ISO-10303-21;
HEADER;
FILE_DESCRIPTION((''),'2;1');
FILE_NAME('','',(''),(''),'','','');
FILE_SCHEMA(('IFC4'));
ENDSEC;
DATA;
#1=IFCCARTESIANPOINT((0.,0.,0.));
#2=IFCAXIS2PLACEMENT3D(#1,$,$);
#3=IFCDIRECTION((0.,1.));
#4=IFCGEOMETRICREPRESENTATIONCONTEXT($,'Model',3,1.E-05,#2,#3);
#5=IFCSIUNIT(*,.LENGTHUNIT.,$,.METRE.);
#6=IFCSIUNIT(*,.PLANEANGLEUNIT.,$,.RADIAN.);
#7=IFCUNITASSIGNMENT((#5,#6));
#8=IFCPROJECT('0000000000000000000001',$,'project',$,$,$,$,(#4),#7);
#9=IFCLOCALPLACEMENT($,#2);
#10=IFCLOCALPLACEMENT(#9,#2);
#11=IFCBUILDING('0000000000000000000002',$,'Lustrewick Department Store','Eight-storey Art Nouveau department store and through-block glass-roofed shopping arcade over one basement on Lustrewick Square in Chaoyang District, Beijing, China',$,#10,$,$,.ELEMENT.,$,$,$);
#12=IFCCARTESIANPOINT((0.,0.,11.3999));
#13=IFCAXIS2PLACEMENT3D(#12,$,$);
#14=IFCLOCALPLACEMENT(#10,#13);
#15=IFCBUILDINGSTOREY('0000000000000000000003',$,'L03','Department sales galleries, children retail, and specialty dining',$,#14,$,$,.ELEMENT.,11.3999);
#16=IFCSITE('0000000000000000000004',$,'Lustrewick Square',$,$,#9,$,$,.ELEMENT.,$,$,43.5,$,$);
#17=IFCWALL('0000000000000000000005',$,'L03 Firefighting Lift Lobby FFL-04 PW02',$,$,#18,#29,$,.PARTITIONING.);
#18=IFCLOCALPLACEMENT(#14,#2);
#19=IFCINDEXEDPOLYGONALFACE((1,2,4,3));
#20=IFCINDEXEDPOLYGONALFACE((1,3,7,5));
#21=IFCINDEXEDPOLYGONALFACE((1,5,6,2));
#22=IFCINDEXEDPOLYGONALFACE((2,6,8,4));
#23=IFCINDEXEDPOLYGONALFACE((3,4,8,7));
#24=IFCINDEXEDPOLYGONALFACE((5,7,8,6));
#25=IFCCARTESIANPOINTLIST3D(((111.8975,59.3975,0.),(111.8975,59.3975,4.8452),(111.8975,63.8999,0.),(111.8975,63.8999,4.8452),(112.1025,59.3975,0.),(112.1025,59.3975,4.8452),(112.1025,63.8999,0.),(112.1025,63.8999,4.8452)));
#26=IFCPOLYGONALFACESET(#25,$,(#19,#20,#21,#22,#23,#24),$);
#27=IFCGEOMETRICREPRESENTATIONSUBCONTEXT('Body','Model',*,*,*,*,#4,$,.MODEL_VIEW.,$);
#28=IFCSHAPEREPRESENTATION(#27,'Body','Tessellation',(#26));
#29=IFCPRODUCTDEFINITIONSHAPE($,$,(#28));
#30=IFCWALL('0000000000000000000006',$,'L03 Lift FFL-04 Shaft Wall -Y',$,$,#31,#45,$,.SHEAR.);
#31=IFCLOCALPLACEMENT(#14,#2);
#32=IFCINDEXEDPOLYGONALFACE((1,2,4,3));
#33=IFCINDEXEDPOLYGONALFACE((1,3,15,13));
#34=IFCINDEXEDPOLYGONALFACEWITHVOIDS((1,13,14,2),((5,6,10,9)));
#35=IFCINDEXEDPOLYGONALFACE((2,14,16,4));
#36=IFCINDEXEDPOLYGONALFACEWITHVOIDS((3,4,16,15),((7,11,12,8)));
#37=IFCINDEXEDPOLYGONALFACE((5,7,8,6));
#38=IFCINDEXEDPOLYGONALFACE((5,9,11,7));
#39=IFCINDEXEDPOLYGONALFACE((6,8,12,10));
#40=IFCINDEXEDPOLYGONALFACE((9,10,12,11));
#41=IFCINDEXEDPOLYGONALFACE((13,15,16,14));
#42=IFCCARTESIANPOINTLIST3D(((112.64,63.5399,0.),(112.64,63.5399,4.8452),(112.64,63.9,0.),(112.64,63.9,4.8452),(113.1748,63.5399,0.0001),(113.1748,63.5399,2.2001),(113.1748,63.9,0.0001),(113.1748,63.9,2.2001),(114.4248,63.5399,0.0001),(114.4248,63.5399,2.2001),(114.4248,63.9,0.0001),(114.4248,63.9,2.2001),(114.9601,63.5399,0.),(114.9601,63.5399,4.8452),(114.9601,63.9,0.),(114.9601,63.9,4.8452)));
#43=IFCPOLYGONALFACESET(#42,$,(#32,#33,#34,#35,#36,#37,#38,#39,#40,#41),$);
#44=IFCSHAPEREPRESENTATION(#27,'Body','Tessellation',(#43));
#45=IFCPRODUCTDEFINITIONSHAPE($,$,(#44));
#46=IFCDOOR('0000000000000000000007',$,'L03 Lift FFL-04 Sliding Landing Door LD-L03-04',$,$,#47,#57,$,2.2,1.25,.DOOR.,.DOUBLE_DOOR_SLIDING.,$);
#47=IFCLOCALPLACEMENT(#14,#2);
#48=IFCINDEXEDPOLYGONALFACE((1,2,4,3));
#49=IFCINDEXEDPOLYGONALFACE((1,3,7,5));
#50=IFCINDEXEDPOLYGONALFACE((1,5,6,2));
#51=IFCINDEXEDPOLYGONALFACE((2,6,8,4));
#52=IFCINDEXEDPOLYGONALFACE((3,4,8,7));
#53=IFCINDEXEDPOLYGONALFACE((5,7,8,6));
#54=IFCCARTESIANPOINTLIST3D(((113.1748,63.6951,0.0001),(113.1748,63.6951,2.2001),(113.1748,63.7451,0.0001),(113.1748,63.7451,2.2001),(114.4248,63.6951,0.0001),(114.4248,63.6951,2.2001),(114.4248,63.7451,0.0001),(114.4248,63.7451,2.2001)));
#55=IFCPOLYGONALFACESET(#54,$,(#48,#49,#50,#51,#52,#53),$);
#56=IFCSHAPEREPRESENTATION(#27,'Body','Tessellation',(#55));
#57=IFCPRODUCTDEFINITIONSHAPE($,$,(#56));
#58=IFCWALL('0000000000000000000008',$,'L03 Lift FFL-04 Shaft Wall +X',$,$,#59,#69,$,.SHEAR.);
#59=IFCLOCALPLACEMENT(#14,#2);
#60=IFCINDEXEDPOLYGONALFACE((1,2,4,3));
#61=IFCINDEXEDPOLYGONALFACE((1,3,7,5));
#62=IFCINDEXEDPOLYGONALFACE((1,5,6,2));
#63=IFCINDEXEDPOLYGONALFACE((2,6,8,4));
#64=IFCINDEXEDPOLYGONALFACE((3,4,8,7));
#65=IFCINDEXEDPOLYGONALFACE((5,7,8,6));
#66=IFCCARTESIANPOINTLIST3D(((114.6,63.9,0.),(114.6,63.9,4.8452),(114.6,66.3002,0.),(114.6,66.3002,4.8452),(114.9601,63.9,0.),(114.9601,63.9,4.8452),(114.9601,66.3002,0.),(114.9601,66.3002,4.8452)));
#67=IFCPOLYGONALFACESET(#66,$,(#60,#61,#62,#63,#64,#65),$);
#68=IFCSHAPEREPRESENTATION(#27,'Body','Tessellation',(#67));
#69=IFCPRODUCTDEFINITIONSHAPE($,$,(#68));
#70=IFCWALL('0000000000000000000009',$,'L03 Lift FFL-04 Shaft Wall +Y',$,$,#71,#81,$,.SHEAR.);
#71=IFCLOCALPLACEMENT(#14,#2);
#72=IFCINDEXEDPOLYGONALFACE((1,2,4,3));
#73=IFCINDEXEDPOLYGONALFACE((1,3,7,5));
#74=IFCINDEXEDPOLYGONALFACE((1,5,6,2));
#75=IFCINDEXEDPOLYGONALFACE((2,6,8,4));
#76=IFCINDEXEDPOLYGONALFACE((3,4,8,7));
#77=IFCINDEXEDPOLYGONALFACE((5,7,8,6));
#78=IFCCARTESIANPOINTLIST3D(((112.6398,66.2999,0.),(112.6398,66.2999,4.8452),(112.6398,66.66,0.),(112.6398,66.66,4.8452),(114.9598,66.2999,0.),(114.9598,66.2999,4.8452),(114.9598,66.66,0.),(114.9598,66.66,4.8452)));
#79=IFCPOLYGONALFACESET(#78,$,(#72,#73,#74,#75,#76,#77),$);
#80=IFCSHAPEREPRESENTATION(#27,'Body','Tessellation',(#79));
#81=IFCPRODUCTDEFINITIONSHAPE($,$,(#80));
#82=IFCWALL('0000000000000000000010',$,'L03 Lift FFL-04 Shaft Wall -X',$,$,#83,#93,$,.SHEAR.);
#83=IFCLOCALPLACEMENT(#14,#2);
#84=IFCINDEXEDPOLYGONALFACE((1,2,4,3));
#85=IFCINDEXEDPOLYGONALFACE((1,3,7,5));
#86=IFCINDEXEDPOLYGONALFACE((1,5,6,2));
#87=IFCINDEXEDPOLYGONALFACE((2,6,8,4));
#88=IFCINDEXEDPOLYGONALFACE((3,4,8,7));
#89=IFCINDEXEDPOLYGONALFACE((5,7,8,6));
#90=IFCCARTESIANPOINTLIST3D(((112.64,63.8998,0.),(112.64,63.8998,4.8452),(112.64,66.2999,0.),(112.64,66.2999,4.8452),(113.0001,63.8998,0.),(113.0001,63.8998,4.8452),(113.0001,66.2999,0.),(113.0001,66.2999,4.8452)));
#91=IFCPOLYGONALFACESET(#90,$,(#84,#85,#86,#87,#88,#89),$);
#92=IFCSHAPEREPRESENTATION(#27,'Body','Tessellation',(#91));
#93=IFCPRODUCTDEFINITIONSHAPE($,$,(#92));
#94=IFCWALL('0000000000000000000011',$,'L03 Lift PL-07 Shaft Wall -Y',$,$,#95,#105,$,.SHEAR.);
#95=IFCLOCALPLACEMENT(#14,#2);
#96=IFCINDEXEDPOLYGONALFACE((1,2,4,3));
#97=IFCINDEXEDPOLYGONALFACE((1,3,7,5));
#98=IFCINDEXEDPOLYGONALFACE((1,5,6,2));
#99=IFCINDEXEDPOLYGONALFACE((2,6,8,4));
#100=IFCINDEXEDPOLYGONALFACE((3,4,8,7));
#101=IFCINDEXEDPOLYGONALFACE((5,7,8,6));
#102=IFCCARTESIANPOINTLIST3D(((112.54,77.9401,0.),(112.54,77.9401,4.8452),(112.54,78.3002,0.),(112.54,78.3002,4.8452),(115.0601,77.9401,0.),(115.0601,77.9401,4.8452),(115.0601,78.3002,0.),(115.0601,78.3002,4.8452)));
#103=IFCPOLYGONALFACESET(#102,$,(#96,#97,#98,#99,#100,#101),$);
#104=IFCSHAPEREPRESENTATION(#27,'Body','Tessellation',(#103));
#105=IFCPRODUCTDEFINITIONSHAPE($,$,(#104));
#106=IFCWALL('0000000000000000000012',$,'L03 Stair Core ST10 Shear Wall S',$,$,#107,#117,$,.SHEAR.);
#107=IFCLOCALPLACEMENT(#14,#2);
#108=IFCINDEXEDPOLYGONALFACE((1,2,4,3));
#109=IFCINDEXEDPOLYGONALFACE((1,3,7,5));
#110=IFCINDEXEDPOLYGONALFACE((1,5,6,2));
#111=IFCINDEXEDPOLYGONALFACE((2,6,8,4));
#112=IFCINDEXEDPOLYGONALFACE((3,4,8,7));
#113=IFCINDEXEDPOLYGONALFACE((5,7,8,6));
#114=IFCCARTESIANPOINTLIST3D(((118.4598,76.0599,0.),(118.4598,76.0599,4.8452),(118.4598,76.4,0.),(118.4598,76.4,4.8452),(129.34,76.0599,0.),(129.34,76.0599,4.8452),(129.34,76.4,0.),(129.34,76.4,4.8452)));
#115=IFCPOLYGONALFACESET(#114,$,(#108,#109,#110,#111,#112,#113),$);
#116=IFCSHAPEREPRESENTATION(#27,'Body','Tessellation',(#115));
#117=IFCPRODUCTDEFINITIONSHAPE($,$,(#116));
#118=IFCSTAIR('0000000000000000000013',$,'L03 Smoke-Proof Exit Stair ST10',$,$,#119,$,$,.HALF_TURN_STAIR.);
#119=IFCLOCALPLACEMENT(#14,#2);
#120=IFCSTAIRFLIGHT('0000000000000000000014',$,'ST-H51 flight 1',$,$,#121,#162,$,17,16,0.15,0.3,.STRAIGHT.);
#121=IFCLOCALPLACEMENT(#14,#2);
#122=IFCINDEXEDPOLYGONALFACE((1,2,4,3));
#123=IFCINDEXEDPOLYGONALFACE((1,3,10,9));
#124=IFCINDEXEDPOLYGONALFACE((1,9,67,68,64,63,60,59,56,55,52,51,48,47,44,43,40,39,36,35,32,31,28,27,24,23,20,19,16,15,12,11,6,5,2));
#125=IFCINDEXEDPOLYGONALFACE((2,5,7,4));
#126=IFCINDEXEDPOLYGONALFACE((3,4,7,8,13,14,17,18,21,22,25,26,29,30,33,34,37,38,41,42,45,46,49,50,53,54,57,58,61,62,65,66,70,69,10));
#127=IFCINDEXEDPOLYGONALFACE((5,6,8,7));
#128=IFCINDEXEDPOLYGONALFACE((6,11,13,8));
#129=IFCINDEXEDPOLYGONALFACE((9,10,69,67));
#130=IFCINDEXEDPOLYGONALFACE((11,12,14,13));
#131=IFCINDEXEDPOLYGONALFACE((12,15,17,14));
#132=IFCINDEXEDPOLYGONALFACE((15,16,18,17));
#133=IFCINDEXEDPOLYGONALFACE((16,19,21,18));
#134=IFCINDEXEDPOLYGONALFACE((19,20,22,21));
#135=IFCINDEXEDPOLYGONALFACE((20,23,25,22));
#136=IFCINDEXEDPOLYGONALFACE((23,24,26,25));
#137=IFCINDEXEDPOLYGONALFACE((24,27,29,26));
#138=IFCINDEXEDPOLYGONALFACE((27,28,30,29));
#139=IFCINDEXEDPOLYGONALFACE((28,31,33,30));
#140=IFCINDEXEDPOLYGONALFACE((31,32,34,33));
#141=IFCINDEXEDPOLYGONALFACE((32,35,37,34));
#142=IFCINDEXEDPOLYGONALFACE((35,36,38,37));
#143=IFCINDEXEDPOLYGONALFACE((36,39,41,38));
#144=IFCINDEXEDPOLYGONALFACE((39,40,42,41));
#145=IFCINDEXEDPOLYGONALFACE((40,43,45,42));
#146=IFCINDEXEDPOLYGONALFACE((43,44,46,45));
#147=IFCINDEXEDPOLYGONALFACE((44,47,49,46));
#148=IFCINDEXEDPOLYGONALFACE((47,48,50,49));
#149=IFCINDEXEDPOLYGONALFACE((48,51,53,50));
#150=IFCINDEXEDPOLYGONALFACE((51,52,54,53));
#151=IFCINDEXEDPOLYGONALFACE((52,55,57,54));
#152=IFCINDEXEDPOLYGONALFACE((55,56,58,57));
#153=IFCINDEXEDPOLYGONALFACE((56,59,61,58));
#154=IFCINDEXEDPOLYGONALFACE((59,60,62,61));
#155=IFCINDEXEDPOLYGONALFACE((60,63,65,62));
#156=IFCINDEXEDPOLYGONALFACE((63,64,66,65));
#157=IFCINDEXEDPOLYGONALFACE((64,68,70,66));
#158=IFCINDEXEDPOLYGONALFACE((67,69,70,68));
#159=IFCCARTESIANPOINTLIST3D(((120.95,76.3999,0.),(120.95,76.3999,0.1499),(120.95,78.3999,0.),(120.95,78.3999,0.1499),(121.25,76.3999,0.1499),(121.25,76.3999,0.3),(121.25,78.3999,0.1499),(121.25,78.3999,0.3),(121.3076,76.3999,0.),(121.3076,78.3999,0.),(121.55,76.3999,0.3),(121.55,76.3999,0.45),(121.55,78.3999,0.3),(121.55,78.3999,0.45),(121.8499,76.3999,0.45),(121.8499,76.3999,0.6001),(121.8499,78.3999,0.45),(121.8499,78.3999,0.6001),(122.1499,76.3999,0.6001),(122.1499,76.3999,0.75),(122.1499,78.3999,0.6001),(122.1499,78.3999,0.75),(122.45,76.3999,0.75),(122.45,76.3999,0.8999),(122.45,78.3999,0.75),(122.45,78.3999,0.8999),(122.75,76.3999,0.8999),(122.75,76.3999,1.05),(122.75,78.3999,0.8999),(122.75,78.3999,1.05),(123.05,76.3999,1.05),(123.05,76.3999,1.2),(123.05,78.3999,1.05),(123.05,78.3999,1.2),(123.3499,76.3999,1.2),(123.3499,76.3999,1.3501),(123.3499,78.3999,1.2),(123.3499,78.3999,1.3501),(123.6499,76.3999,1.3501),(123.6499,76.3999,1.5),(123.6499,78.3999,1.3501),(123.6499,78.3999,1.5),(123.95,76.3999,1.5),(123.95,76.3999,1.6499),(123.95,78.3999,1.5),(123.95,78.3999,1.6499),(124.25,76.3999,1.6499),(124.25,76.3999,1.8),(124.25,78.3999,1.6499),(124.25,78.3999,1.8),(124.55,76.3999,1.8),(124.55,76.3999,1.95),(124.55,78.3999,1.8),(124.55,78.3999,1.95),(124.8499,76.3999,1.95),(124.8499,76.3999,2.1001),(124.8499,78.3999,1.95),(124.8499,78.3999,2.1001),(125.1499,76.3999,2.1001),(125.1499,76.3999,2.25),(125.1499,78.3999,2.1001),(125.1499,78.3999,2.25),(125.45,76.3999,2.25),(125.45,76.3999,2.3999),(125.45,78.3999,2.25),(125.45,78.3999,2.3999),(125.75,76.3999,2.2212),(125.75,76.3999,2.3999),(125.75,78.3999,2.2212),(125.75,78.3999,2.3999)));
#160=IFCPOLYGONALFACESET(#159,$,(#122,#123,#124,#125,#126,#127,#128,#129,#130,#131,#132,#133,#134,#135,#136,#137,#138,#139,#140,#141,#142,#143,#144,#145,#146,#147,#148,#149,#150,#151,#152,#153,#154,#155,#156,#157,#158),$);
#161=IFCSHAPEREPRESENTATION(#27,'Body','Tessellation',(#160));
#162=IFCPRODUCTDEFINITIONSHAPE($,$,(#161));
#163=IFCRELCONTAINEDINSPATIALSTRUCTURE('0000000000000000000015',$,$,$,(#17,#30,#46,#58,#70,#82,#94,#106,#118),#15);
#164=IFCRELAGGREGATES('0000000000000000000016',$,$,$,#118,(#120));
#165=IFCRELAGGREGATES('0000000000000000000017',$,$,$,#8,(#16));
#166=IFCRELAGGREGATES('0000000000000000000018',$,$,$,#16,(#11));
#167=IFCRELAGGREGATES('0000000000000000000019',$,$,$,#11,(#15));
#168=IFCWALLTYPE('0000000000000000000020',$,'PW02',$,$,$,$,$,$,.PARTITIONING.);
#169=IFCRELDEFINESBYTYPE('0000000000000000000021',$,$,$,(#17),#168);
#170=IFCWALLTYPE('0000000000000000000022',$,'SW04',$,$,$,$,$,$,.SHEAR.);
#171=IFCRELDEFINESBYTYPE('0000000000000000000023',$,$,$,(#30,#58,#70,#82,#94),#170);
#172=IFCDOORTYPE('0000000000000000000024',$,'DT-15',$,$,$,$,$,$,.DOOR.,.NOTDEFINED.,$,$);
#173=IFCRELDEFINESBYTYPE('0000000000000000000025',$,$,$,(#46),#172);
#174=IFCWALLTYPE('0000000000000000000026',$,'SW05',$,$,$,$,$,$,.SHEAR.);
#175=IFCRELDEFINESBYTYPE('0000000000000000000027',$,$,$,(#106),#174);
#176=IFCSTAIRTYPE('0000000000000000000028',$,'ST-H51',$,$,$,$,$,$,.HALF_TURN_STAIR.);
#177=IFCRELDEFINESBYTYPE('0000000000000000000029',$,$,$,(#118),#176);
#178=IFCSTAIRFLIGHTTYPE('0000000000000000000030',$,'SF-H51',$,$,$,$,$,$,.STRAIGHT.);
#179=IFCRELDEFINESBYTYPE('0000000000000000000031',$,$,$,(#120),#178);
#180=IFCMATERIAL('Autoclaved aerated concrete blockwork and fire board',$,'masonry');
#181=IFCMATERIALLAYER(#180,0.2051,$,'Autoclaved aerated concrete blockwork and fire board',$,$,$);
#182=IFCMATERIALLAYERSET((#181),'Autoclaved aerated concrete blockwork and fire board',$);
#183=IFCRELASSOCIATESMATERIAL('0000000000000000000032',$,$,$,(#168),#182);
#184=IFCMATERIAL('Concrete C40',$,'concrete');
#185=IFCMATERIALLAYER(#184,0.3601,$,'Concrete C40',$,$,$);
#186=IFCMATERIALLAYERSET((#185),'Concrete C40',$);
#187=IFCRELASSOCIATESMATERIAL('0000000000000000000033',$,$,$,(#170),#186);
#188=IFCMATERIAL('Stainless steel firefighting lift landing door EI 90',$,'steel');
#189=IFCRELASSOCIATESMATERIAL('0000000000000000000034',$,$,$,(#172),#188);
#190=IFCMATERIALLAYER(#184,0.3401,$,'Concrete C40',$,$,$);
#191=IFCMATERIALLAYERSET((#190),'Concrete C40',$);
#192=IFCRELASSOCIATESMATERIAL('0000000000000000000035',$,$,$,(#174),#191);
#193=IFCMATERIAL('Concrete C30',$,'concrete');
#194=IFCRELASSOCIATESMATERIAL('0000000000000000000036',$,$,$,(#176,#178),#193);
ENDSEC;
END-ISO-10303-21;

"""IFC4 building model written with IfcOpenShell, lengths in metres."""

from ifc_helpers import new_model, si_unit, direction, frame, frame_2d, origin, place, context, subcontext, project, spatial, polyline, rectangle, outline, extrude, material, layer, layer_set, type_object, element, fill, aggregate, save


model = new_model("IFC4")

# Units and contexts
model_context = context("Model", 3, precision=1e-05, world=origin(), true_north=direction((0.0, 1.0)))
body_context = subcontext(model_context, "Body", "Model", "MODEL_VIEW")
ifc_project = project(units=[si_unit("LENGTHUNIT", "METRE"), si_unit("PLANEANGLEUNIT", "RADIAN")], contexts=[model_context])

# Site, building, storey
site_placement = place(None, origin())
site = spatial("IfcSite", under=ifc_project, at=site_placement, Name="Lustrewick Square", CompositionType="ELEMENT", RefElevation=43.5)
building_placement = place(site_placement, origin())
building = spatial("IfcBuilding", under=site, at=building_placement, Name="Lustrewick Department Store", Description="Eight-storey Art Nouveau department store and through-block glass-roofed shopping arcade over one basement on Lustrewick Square in Chaoyang District, Beijing, China", CompositionType="ELEMENT")
storey_placement = place(building_placement, frame((0.0, 0.0, 11.3999)))
storey = spatial("IfcBuildingStorey", under=building, at=storey_placement, Name="L03", Description="Department sales galleries, children retail, and specialty dining", CompositionType="ELEMENT", Elevation=11.3999)

# Wall
ifc_material_1 = material(Name="Autoclaved aerated concrete blockwork and fire board", Category="masonry")
ifc_layer_1 = layer(ifc_material_1, 0.2051, Name="Autoclaved aerated concrete blockwork and fire board")
ifc_layer_set_1 = layer_set([ifc_layer_1], Name="Autoclaved aerated concrete blockwork and fire board")
wall_type_1 = type_object("IfcWallType", Name="PW02", PredefinedType="PARTITIONING", material=ifc_layer_set_1)
wall_1_placement = place(storey_placement, frame((112.0, 63.8999, 0.0), z_axis=(0.0, 0.0, 1.0), x_axis=(0.0, -1.0, 0.0)))
element("IfcWall", 1, at=wall_1_placement, inside=storey, type_object=wall_type_1, Name="L03 Firefighting Lift Lobby FFL-04 PW02", PredefinedType="PARTITIONING", context=body_context, shape_type="SweptSolid", body=[
    extrude(rectangle(XDim=4.5024, YDim=0.2051, at=frame_2d((2.2512, 0.0))), origin(), (0.0, 0.0, 1.0), 4.8452),
])

# Wall, opening, door
ifc_material_2 = material(Name="Concrete C40", Category="concrete")
ifc_layer_2 = layer(ifc_material_2, 0.3601, Name="Concrete C40")
ifc_layer_set_2 = layer_set([ifc_layer_2], Name="Concrete C40")
wall_type_2 = type_object("IfcWallType", Name="SW04", PredefinedType="SHEAR", material=ifc_layer_set_2)
wall_2_placement = place(storey_placement, frame((112.6399, 63.72, 0.0), z_axis=(0.0, 0.0, 1.0), x_axis=(1.0, 0.0, 0.0)))
wall_2 = element("IfcWall", 2, at=wall_2_placement, inside=storey, type_object=wall_type_2, Name="L03 Lift FFL-04 Shaft Wall -Y", PredefinedType="SHEAR", context=body_context, shape_type="SweptSolid", body=[
    extrude(rectangle(XDim=2.3201, YDim=0.3601, at=frame_2d((1.1602, 0.0))), origin(), (0.0, 0.0, 1.0), 4.8452),
])
opening_placement = place(wall_2_placement, frame((0.5349, 0.0, 0.0)))
opening = element("IfcOpeningElement", 3, at=opening_placement, cuts=wall_2, PredefinedType="OPENING", context=body_context, shape_type="SweptSolid", body=[
    extrude(rectangle(XDim=1.25, YDim=2.2, at=frame_2d((0.625, 1.1001))), frame((0.0, 0.1899, 0.0), z_axis=(0.0, -1.0, 0.0), x_axis=(1.0, 0.0, 0.0)), (0.0, 0.0, 1.0), 0.3801),
])
ifc_material_3 = material(Name="Stainless steel firefighting lift landing door EI 90", Category="steel")
door_type = type_object("IfcDoorType", Name="DT-15", OperationType="NOTDEFINED", PredefinedType="DOOR", material=ifc_material_3)
door_placement = place(opening_placement, frame((1.25, 0.0, 0.0), z_axis=(0.0, 0.0, 1.0), x_axis=(-1.0, 0.0, 0.0)))
door = element("IfcDoor", 4, at=door_placement, inside=storey, type_object=door_type, Name="L03 Lift FFL-04 Sliding Landing Door LD-L03-04", OperationType="DOUBLE_DOOR_SLIDING", OverallHeight=2.2, OverallWidth=1.25, PredefinedType="DOOR", context=body_context, shape_type="SweptSolid", body=[
    extrude(rectangle(XDim=1.25, YDim=2.2, at=frame_2d((0.625, 1.1001))), frame((0.0, 0.0249, 0.0), z_axis=(0.0, -1.0, 0.0), x_axis=(1.0, 0.0, 0.0)), (0.0, 0.0, 1.0), 0.05),
])
fill(opening, door)

# Walls
wall_3_placement = place(storey_placement, frame((114.78, 63.8999, 0.0), z_axis=(0.0, 0.0, 1.0), x_axis=(0.0, 1.0, 0.0)))
element("IfcWall", 5, at=wall_3_placement, inside=storey, type_object=wall_type_2, Name="L03 Lift FFL-04 Shaft Wall +X", PredefinedType="SHEAR", context=body_context, shape_type="SweptSolid", body=[
    extrude(rectangle(XDim=2.4001, YDim=0.3601, at=frame_2d((1.2002, 0.0))), origin(), (0.0, 0.0, 1.0), 4.8452),
])
wall_4_placement = place(storey_placement, frame((114.96, 66.48, 0.0), z_axis=(0.0, 0.0, 1.0), x_axis=(-1.0, 0.0, 0.0)))
element("IfcWall", 6, at=wall_4_placement, inside=storey, type_object=wall_type_2, Name="L03 Lift FFL-04 Shaft Wall +Y", PredefinedType="SHEAR", context=body_context, shape_type="SweptSolid", body=[
    extrude(rectangle(XDim=2.3201, YDim=0.3601, at=frame_2d((1.1602, 0.0))), origin(), (0.0, 0.0, 1.0), 4.8452),
])
wall_5_placement = place(storey_placement, frame((112.8201, 66.3, 0.0), z_axis=(0.0, 0.0, 1.0), x_axis=(0.0, -1.0, 0.0)))
element("IfcWall", 7, at=wall_5_placement, inside=storey, type_object=wall_type_2, Name="L03 Lift FFL-04 Shaft Wall -X", PredefinedType="SHEAR", context=body_context, shape_type="SweptSolid", body=[
    extrude(rectangle(XDim=2.4001, YDim=0.3601, at=frame_2d((1.2002, 0.0))), origin(), (0.0, 0.0, 1.0), 4.8452),
])
wall_6_placement = place(storey_placement, frame((112.54, 78.1201, 0.0), z_axis=(0.0, 0.0, 1.0), x_axis=(1.0, 0.0, 0.0)))
element("IfcWall", 8, at=wall_6_placement, inside=storey, type_object=wall_type_2, Name="L03 Lift PL-07 Shaft Wall -Y", PredefinedType="SHEAR", context=body_context, shape_type="SweptSolid", body=[
    extrude(rectangle(XDim=2.52, YDim=0.3601, at=frame_2d((1.26, 0.0))), origin(), (0.0, 0.0, 1.0), 4.8452),
])
ifc_layer_3 = layer(ifc_material_2, 0.3401, Name="Concrete C40")
ifc_layer_set_3 = layer_set([ifc_layer_3], Name="Concrete C40")
wall_type_3 = type_object("IfcWallType", Name="SW05", PredefinedType="SHEAR", material=ifc_layer_set_3)
wall_7_placement = place(storey_placement, frame((118.46, 76.23, 0.0), z_axis=(0.0, 0.0, 1.0), x_axis=(1.0, 0.0, 0.0)))
element("IfcWall", 9, at=wall_7_placement, inside=storey, type_object=wall_type_3, Name="L03 Stair Core ST10 Shear Wall S", PredefinedType="SHEAR", context=body_context, shape_type="SweptSolid", body=[
    extrude(rectangle(XDim=10.8801, YDim=0.3401, at=frame_2d((5.4399, 0.0))), origin(), (0.0, 0.0, 1.0), 4.8452),
])

# Stair, stair flight
ifc_material_4 = material(Name="Concrete C30", Category="concrete")
stair_type = type_object("IfcStairType", Name="ST-H51", PredefinedType="HALF_TURN_STAIR", material=ifc_material_4)
stair_placement = place(storey_placement, origin())
stair = element("IfcStair", 10, at=stair_placement, inside=storey, type_object=stair_type, Name="L03 Smoke-Proof Exit Stair ST10", PredefinedType="HALF_TURN_STAIR")
stair_flight_type = type_object("IfcStairFlightType", Name="SF-H51", PredefinedType="STRAIGHT", material=ifc_material_4)
stair_flight_placement = place(storey_placement, frame((120.95, 77.3999, 0.0), z_axis=(0.0, 0.0, 1.0), x_axis=(1.0, 0.0, 0.0)))
stair_flight = element("IfcStairFlight", 11, at=stair_flight_placement, type_object=stair_flight_type, Name="ST-H51 flight 1", NumberOfRisers=17, NumberOfTreads=16, PredefinedType="STRAIGHT", RiserHeight=0.15, TreadLength=0.3, context=body_context, shape_type="SweptSolid", body=[
    extrude(outline(polyline([(0.0, 0.0), (0.0, 0.1499), (0.3, 0.1499), (0.3, 0.3), (0.6001, 0.3), (0.6001, 0.45), (0.8999, 0.45), (0.8999, 0.6001), (1.2, 0.6001), (1.2, 0.75), (1.5, 0.75), (1.5, 0.8999), (1.8, 0.8999), (1.8, 1.05), (2.1001, 1.05), (2.1001, 1.2), (2.3999, 1.2), (2.3999, 1.3501), (2.7, 1.3501), (2.7, 1.5), (3.0, 1.5), (3.0, 1.6499), (3.3, 1.6499), (3.3, 1.8), (3.6001, 1.8), (3.6001, 1.95), (3.8999, 1.95), (3.8999, 2.1001), (4.2, 2.1001), (4.2, 2.25), (4.5, 2.25), (4.5, 2.3999), (4.8, 2.3999), (4.8, 2.55), (4.8, 2.2212), (0.3577, 0.0), (0.0, 0.0)])), frame((0.0, 1.0, 0.0), z_axis=(0.0, -1.0, 0.0), x_axis=(1.0, 0.0, 0.0)), (0.0, 0.0, 1.0), 2.0),
])
aggregate(stair, [stair_flight])

save(model, "model.ifc")
